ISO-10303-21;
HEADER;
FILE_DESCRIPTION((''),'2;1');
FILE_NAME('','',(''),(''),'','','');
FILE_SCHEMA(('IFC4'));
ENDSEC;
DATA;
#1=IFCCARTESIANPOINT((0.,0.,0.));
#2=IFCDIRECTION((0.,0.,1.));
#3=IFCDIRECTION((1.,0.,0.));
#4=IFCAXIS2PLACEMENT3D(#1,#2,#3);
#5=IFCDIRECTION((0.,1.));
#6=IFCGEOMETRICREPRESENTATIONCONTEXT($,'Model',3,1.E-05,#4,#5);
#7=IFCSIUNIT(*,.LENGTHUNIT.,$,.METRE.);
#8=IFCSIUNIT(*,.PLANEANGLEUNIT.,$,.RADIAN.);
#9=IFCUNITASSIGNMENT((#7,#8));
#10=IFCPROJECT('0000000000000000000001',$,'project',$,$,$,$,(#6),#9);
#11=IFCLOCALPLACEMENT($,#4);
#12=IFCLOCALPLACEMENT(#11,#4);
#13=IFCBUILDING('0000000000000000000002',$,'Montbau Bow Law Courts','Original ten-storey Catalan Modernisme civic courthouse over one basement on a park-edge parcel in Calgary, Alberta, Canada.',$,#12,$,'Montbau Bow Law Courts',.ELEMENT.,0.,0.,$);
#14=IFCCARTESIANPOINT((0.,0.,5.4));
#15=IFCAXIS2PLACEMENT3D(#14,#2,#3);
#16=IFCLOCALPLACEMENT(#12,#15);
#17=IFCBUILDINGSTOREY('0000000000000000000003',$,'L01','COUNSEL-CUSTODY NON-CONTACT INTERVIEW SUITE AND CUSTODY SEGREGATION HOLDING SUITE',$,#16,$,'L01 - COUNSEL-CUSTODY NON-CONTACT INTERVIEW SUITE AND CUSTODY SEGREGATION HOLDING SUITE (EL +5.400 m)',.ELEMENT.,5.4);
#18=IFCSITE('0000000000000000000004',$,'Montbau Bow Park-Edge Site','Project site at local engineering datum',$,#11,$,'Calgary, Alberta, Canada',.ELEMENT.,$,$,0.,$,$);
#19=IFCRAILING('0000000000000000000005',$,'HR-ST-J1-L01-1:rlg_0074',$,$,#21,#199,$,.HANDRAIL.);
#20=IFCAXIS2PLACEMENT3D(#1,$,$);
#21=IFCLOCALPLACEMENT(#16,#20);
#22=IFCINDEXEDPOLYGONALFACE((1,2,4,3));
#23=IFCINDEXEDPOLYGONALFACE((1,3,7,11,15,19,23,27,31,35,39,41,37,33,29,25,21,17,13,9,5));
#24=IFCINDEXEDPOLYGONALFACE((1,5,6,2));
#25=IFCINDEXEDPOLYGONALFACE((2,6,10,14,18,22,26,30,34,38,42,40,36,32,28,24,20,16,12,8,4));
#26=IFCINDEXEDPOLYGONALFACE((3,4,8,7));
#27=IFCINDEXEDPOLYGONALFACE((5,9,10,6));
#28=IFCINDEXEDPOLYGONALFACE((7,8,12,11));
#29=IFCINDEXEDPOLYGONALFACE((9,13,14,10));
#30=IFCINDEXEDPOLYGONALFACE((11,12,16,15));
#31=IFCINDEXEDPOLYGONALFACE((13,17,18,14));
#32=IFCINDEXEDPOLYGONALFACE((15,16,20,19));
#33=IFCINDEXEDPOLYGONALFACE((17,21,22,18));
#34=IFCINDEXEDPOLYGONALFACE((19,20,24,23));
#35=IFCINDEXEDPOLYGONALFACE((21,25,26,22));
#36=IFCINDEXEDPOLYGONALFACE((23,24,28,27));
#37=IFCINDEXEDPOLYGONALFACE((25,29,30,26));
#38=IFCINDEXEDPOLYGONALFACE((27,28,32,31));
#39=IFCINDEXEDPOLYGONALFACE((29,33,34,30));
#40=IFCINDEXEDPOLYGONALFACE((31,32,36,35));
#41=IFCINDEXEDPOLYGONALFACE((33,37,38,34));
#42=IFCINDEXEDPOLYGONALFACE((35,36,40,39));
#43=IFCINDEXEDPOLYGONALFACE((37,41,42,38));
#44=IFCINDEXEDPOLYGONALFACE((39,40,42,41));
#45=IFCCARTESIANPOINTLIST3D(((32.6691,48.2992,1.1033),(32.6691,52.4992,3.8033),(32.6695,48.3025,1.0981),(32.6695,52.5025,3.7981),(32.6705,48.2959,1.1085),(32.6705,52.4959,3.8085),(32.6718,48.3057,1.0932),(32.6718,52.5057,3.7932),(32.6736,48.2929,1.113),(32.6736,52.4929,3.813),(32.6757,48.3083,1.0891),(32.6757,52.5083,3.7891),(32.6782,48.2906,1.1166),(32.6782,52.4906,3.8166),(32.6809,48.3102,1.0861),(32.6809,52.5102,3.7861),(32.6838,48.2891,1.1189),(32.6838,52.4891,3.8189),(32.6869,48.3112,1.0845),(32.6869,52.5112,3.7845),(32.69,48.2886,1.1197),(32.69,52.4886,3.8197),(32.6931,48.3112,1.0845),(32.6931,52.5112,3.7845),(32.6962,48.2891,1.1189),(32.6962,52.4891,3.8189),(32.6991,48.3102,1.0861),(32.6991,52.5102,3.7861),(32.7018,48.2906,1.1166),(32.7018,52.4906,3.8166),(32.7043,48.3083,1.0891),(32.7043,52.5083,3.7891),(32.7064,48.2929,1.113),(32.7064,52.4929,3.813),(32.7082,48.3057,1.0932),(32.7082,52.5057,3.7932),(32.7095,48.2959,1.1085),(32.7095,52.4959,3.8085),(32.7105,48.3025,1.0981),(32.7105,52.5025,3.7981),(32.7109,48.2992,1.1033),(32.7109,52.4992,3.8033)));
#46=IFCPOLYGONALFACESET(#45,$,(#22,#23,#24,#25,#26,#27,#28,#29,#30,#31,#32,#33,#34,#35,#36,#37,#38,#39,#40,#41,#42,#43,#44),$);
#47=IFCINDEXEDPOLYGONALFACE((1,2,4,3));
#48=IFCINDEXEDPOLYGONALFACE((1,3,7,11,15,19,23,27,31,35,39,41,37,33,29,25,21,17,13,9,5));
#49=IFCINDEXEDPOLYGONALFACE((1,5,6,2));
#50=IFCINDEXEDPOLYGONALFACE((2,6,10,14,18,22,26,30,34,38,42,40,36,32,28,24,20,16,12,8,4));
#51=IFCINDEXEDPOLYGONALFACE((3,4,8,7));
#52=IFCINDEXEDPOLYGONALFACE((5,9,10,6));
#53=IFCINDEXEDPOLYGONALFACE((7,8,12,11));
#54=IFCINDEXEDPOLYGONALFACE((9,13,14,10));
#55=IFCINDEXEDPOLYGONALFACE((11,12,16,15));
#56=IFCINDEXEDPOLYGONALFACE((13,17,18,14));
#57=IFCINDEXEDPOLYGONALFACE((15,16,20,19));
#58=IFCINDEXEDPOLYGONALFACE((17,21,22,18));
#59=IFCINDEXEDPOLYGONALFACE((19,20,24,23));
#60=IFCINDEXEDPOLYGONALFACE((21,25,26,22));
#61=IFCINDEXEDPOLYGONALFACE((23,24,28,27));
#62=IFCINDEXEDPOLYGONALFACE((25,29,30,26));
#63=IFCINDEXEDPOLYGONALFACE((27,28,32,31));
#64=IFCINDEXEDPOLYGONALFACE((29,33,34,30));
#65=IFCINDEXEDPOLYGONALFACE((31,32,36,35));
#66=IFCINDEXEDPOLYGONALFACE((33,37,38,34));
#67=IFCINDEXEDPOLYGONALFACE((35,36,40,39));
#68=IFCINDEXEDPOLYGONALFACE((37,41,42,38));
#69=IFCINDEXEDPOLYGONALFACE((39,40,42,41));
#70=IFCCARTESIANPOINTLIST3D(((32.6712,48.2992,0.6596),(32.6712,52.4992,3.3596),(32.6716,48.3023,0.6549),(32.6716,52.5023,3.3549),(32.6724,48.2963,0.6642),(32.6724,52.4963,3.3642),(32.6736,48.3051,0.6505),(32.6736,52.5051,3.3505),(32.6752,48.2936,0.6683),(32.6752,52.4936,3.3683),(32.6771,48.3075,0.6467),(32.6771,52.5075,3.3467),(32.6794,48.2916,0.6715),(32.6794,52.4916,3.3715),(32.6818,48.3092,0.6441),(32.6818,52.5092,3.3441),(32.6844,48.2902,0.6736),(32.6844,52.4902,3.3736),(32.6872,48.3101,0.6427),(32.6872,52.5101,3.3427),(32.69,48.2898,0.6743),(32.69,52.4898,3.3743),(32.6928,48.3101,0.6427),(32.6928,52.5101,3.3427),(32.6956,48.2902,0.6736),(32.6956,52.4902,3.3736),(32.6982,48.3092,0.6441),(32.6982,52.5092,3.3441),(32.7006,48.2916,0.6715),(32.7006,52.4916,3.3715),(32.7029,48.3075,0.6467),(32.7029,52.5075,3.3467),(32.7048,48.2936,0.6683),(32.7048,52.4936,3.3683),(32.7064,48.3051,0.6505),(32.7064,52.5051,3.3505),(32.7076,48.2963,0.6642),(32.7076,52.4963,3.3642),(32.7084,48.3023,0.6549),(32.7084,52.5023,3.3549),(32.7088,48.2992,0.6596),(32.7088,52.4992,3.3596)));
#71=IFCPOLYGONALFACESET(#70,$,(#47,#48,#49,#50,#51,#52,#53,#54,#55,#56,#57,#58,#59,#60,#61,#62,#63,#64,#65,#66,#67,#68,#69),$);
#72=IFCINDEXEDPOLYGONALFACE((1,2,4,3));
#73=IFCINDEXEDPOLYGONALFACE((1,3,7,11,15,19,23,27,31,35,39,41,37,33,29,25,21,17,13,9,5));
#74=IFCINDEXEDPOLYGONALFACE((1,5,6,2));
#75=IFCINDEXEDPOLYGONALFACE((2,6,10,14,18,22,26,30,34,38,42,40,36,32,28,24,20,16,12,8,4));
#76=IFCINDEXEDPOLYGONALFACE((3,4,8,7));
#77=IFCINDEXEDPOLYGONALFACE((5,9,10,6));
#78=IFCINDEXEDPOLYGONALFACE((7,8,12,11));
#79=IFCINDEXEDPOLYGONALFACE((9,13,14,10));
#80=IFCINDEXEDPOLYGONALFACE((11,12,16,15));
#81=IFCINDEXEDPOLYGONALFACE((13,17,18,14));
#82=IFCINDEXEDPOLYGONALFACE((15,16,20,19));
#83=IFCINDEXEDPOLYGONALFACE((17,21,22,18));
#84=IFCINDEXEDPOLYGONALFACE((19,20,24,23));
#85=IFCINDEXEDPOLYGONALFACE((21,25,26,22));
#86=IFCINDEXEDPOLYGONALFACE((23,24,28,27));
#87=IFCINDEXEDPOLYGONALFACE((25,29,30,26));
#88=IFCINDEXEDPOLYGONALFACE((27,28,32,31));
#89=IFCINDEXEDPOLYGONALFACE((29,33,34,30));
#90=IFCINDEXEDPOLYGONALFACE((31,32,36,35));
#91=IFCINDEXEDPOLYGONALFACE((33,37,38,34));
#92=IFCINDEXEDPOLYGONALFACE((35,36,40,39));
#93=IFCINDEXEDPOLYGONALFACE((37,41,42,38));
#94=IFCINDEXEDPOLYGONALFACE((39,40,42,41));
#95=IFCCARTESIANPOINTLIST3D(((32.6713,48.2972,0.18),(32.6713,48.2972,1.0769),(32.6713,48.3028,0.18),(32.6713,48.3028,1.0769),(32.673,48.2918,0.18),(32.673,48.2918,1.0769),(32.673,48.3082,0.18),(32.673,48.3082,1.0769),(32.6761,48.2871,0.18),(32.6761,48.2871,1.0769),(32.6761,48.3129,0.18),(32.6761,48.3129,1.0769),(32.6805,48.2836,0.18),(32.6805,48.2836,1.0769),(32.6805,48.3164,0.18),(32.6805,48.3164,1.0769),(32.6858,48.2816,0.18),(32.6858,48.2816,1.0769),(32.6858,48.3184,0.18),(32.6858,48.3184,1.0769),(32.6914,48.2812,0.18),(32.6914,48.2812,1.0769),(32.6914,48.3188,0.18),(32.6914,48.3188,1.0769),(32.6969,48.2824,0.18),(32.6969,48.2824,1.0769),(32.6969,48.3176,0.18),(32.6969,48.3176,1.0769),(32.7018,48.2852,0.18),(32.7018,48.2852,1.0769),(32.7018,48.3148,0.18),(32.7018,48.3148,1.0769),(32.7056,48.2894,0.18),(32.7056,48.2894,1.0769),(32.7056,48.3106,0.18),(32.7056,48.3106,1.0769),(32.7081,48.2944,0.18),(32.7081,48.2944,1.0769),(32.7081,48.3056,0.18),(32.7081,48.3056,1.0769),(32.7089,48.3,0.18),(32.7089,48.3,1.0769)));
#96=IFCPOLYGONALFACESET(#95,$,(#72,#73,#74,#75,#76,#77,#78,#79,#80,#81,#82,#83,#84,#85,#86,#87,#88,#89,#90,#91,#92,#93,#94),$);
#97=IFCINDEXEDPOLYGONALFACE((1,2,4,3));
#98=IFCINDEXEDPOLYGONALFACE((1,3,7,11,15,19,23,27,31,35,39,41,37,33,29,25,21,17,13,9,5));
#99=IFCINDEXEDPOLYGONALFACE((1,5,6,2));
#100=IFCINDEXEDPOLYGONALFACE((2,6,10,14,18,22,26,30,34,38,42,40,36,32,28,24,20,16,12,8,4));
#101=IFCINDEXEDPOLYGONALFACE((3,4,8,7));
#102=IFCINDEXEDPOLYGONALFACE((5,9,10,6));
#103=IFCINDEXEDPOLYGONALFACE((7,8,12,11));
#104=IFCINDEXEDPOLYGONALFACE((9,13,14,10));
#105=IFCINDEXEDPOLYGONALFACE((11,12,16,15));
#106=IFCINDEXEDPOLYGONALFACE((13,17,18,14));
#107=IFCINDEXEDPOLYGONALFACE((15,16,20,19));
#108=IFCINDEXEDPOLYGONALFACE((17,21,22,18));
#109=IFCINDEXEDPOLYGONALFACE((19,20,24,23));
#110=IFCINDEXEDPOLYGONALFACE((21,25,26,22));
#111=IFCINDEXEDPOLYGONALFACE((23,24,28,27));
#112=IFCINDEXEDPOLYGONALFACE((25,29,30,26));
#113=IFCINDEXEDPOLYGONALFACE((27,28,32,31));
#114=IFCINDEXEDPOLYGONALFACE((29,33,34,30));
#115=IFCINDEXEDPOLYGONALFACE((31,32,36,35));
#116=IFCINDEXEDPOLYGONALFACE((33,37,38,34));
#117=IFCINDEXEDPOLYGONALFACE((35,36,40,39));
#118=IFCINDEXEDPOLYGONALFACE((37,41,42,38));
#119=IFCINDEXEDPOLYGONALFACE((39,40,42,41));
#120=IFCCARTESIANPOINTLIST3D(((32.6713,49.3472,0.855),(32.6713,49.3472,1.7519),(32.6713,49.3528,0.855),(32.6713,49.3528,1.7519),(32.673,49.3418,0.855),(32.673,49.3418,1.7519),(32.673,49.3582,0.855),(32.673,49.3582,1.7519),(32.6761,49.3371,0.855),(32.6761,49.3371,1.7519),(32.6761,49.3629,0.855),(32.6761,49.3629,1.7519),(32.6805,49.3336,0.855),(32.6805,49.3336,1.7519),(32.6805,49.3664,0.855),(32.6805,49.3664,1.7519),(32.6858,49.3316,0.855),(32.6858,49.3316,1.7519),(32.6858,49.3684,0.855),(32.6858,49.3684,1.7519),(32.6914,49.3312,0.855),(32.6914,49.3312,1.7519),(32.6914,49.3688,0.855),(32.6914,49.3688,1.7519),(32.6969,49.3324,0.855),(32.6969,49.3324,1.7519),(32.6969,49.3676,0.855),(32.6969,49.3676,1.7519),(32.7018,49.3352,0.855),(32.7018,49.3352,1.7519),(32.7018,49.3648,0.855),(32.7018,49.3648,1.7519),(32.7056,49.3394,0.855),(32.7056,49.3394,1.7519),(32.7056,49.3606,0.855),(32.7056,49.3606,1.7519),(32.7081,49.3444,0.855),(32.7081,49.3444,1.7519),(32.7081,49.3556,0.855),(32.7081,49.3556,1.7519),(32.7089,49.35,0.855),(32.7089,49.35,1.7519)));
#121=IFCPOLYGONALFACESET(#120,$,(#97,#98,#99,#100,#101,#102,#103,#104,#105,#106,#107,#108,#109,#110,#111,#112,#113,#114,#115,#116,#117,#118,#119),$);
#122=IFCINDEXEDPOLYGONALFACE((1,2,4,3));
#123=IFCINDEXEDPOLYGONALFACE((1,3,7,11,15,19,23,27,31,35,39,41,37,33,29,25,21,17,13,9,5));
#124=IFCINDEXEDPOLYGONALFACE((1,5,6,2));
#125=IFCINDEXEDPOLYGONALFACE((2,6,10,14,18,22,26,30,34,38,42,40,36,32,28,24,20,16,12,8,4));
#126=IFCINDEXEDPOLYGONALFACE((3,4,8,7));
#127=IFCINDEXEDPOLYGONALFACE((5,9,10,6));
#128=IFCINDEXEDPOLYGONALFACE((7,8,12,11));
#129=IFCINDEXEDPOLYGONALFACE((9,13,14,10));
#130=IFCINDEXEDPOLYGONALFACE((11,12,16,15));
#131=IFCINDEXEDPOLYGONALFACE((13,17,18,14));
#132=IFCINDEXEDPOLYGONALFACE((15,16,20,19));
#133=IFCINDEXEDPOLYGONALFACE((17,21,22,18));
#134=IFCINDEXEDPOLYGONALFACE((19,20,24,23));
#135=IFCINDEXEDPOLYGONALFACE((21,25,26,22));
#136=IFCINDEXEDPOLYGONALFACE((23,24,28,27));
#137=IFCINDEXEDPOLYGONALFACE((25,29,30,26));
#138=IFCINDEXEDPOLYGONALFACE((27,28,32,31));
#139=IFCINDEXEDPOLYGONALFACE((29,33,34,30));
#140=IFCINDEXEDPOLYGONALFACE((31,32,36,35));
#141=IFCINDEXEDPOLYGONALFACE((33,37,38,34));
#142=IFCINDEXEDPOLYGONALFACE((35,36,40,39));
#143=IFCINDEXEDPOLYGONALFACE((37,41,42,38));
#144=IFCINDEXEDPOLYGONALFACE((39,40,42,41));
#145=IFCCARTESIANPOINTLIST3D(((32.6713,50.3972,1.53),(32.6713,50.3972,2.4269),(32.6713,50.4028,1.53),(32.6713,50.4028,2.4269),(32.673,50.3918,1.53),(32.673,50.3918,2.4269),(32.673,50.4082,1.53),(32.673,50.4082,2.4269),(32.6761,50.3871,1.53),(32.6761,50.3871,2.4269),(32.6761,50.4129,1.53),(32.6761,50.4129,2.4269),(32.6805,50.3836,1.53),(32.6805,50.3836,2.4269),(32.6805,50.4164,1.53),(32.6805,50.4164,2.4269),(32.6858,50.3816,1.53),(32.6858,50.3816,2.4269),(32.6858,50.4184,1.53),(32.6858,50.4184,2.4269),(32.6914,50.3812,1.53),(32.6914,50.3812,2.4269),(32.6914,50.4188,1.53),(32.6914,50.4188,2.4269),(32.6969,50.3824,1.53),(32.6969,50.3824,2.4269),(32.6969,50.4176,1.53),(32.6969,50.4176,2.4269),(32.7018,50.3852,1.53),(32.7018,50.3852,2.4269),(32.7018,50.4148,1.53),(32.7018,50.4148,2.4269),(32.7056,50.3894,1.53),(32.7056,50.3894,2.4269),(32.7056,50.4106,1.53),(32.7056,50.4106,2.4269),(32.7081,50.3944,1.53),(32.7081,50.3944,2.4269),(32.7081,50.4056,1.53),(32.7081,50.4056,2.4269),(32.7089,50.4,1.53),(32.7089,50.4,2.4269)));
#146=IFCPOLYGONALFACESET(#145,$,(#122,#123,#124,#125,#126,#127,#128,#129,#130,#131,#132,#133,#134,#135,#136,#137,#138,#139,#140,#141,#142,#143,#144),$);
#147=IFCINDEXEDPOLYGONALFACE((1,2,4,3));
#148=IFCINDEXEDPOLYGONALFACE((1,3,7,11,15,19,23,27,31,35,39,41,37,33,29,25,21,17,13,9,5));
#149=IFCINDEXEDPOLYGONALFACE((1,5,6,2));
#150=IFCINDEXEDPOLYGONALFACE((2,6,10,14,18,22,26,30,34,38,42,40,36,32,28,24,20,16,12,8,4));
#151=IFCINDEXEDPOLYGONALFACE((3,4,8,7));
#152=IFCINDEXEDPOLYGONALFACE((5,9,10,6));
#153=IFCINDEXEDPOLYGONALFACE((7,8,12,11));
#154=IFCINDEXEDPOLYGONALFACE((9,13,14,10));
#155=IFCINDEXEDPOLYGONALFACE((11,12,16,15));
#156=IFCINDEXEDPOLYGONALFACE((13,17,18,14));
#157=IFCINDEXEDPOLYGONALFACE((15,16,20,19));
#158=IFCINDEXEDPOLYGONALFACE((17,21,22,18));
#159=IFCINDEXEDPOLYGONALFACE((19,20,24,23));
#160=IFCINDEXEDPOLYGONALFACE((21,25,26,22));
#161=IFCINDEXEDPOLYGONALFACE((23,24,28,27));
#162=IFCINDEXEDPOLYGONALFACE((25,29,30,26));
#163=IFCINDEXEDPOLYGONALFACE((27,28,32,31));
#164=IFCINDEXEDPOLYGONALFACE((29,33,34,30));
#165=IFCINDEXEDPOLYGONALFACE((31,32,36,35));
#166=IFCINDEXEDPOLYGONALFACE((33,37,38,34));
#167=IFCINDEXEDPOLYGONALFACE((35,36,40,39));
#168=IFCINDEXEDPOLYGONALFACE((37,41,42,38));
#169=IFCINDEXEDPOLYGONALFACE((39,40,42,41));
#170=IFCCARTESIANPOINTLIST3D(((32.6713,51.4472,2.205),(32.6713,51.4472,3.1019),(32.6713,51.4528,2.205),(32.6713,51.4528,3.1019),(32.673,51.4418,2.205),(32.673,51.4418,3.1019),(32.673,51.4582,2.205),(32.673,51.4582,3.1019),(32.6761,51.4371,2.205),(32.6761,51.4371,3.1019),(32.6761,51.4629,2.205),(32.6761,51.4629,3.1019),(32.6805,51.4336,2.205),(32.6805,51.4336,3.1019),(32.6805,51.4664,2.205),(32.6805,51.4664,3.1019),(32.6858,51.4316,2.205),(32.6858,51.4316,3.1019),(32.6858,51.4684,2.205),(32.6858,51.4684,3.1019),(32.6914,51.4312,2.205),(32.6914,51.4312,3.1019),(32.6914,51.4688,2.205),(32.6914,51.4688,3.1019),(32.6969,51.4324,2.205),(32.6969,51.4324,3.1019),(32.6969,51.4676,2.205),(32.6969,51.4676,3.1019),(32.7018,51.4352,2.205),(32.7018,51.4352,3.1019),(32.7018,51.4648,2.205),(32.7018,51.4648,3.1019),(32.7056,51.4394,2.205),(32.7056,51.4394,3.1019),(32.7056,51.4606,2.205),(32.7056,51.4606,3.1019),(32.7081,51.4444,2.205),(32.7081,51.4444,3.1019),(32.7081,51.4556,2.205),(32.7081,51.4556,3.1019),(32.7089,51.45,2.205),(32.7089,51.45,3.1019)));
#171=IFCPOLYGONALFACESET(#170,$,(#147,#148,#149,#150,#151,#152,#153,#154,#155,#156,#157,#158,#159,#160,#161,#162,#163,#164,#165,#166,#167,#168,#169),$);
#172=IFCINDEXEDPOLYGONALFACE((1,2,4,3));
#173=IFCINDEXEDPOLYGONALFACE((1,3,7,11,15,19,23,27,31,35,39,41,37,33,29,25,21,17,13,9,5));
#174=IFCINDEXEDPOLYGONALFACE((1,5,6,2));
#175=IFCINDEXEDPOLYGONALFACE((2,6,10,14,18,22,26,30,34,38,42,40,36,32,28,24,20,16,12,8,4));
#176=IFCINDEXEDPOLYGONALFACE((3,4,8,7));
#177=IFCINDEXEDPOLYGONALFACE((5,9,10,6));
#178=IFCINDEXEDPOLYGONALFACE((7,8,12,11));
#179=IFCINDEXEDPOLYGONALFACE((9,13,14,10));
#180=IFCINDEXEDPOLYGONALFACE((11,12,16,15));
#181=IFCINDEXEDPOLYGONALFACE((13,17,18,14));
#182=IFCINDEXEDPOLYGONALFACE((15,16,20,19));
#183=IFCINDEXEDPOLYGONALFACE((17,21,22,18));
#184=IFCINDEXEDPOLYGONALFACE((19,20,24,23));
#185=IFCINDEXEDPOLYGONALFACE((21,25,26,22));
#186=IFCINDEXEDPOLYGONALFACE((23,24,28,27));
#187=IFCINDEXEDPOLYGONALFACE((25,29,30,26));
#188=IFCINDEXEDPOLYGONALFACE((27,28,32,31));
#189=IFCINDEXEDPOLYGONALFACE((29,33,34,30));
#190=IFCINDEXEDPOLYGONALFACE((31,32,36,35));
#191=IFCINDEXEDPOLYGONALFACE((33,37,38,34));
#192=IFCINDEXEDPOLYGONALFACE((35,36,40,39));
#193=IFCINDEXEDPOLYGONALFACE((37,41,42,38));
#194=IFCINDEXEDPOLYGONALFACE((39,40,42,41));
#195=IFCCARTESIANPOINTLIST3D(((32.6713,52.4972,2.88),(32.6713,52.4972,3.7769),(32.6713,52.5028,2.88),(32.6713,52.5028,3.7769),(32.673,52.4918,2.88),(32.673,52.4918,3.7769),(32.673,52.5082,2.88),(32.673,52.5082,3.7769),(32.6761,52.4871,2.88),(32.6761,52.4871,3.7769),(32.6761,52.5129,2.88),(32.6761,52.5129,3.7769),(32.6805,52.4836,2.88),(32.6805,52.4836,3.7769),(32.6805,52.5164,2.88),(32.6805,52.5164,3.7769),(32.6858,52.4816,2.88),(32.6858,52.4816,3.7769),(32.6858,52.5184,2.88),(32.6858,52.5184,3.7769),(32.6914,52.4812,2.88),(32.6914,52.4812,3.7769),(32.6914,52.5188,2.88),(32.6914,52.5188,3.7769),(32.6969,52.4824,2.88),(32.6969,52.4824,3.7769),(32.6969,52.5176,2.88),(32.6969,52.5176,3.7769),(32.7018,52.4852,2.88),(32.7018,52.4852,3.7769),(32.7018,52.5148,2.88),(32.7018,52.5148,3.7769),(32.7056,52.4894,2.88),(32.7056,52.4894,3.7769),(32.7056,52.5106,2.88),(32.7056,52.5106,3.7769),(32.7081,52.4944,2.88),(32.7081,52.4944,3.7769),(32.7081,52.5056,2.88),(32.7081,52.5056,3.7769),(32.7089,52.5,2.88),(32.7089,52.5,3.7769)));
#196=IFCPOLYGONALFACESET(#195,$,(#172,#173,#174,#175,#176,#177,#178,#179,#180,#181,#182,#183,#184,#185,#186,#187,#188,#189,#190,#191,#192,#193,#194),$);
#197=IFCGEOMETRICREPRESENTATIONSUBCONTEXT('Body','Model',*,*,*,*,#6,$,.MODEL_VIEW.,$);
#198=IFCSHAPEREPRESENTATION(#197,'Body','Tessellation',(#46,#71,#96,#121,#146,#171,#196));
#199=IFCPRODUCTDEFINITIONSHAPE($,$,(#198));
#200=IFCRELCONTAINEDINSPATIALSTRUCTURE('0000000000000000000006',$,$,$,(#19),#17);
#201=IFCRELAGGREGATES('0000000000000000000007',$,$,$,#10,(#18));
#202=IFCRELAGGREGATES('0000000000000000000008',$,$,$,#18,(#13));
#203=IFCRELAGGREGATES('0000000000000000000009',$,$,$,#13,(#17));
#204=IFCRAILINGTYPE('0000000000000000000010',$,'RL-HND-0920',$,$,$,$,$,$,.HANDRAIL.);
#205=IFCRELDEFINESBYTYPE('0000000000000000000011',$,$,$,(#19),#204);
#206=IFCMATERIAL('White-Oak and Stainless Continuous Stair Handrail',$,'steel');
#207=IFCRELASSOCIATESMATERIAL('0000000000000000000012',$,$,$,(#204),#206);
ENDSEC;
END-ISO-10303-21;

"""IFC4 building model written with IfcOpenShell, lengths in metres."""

from ifc_helpers import new_model, si_unit, direction, frame, origin_with_axes, origin_2d_with_axis, place, context, subcontext, project, spatial, circle, extrude, material, type_object, element, save


model = new_model("IFC4")

# Units and contexts
model_context = context("Model", 3, precision=1e-05, world=origin_with_axes(), true_north=direction((0.0, 1.0)))
body_context = subcontext(model_context, "Body", "Model", "MODEL_VIEW")
ifc_project = project(units=[si_unit("LENGTHUNIT", "METRE"), si_unit("PLANEANGLEUNIT", "RADIAN")], contexts=[model_context])

# Site, building, storey
site_placement = place(None, origin_with_axes())
site = spatial("IfcSite", under=ifc_project, at=site_placement, Name="Montbau Bow Park-Edge Site", Description="Project site at local engineering datum", LongName="Calgary, Alberta, Canada", CompositionType="ELEMENT", RefElevation=0.0)
building_placement = place(site_placement, origin_with_axes())
building = spatial("IfcBuilding", under=site, at=building_placement, Name="Montbau Bow Law Courts", Description="Original ten-storey Catalan Modernisme civic courthouse over one basement on a park-edge parcel in Calgary, Alberta, Canada.", LongName="Montbau Bow Law Courts", CompositionType="ELEMENT", ElevationOfRefHeight=0.0, ElevationOfTerrain=0.0)
storey_placement = place(building_placement, frame((0.0, 0.0, 5.4), z_axis=(0.0, 0.0, 1.0), x_axis=(1.0, 0.0, 0.0)))
storey = spatial("IfcBuildingStorey", under=building, at=storey_placement, Name="L01", Description="COUNSEL-CUSTODY NON-CONTACT INTERVIEW SUITE AND CUSTODY SEGREGATION HOLDING SUITE", LongName="L01 - COUNSEL-CUSTODY NON-CONTACT INTERVIEW SUITE AND CUSTODY SEGREGATION HOLDING SUITE (EL +5.400 m)", CompositionType="ELEMENT", Elevation=5.4)

# Railing
ifc_material_1 = material(Name="White-Oak and Stainless Continuous Stair Handrail", Category="steel")
railing_type_1 = type_object("IfcRailingType", Name="RL-HND-0920", PredefinedType="HANDRAIL", material=ifc_material_1)
railing_1_placement = place(None, origin_with_axes())
element("IfcRailing", 1, at=railing_1_placement, inside=storey, type_object=railing_type_1, Name="HR-ST-J1-L01-1:rlg_0074", PredefinedType="HANDRAIL", context=body_context, shape_type="SweptSolid", body=[
    extrude(circle(Radius=0.021, at=origin_2d_with_axis()), frame((32.69, 48.3, 6.502), z_axis=(0.0, 0.841178, 0.540758), x_axis=(0.0, -0.540758, 0.841178)), (0.0, 0.0, 1.0), 4.993),
    extrude(circle(Radius=0.0189, at=origin_2d_with_axis()), frame((32.69, 48.3, 6.0584), z_axis=(0.0, 0.841178, 0.540758), x_axis=(0.0, -0.540758, 0.841178)), (0.0, 0.0, 1.0), 4.993),
    extrude(circle(Radius=0.0189, at=origin_2d_with_axis()), frame((32.69, 48.3, 5.58), z_axis=(0.0, 0.0, 1.0), x_axis=(1.0, 0.0, 0.0)), (0.0, 0.0, 1.0), 0.8969),
    extrude(circle(Radius=0.0189, at=origin_2d_with_axis()), frame((32.69, 49.35, 6.255), z_axis=(0.0, 0.0, 1.0), x_axis=(1.0, 0.0, 0.0)), (0.0, 0.0, 1.0), 0.8969),
    extrude(circle(Radius=0.0189, at=origin_2d_with_axis()), frame((32.69, 50.4, 6.93), z_axis=(0.0, 0.0, 1.0), x_axis=(1.0, 0.0, 0.0)), (0.0, 0.0, 1.0), 0.8969),
    extrude(circle(Radius=0.0189, at=origin_2d_with_axis()), frame((32.69, 51.45, 7.605), z_axis=(0.0, 0.0, 1.0), x_axis=(1.0, 0.0, 0.0)), (0.0, 0.0, 1.0), 0.8969),
    extrude(circle(Radius=0.0189, at=origin_2d_with_axis()), frame((32.69, 52.5, 8.28), z_axis=(0.0, 0.0, 1.0), x_axis=(1.0, 0.0, 0.0)), (0.0, 0.0, 1.0), 0.8969),
])

save(model, "model.ifc")
